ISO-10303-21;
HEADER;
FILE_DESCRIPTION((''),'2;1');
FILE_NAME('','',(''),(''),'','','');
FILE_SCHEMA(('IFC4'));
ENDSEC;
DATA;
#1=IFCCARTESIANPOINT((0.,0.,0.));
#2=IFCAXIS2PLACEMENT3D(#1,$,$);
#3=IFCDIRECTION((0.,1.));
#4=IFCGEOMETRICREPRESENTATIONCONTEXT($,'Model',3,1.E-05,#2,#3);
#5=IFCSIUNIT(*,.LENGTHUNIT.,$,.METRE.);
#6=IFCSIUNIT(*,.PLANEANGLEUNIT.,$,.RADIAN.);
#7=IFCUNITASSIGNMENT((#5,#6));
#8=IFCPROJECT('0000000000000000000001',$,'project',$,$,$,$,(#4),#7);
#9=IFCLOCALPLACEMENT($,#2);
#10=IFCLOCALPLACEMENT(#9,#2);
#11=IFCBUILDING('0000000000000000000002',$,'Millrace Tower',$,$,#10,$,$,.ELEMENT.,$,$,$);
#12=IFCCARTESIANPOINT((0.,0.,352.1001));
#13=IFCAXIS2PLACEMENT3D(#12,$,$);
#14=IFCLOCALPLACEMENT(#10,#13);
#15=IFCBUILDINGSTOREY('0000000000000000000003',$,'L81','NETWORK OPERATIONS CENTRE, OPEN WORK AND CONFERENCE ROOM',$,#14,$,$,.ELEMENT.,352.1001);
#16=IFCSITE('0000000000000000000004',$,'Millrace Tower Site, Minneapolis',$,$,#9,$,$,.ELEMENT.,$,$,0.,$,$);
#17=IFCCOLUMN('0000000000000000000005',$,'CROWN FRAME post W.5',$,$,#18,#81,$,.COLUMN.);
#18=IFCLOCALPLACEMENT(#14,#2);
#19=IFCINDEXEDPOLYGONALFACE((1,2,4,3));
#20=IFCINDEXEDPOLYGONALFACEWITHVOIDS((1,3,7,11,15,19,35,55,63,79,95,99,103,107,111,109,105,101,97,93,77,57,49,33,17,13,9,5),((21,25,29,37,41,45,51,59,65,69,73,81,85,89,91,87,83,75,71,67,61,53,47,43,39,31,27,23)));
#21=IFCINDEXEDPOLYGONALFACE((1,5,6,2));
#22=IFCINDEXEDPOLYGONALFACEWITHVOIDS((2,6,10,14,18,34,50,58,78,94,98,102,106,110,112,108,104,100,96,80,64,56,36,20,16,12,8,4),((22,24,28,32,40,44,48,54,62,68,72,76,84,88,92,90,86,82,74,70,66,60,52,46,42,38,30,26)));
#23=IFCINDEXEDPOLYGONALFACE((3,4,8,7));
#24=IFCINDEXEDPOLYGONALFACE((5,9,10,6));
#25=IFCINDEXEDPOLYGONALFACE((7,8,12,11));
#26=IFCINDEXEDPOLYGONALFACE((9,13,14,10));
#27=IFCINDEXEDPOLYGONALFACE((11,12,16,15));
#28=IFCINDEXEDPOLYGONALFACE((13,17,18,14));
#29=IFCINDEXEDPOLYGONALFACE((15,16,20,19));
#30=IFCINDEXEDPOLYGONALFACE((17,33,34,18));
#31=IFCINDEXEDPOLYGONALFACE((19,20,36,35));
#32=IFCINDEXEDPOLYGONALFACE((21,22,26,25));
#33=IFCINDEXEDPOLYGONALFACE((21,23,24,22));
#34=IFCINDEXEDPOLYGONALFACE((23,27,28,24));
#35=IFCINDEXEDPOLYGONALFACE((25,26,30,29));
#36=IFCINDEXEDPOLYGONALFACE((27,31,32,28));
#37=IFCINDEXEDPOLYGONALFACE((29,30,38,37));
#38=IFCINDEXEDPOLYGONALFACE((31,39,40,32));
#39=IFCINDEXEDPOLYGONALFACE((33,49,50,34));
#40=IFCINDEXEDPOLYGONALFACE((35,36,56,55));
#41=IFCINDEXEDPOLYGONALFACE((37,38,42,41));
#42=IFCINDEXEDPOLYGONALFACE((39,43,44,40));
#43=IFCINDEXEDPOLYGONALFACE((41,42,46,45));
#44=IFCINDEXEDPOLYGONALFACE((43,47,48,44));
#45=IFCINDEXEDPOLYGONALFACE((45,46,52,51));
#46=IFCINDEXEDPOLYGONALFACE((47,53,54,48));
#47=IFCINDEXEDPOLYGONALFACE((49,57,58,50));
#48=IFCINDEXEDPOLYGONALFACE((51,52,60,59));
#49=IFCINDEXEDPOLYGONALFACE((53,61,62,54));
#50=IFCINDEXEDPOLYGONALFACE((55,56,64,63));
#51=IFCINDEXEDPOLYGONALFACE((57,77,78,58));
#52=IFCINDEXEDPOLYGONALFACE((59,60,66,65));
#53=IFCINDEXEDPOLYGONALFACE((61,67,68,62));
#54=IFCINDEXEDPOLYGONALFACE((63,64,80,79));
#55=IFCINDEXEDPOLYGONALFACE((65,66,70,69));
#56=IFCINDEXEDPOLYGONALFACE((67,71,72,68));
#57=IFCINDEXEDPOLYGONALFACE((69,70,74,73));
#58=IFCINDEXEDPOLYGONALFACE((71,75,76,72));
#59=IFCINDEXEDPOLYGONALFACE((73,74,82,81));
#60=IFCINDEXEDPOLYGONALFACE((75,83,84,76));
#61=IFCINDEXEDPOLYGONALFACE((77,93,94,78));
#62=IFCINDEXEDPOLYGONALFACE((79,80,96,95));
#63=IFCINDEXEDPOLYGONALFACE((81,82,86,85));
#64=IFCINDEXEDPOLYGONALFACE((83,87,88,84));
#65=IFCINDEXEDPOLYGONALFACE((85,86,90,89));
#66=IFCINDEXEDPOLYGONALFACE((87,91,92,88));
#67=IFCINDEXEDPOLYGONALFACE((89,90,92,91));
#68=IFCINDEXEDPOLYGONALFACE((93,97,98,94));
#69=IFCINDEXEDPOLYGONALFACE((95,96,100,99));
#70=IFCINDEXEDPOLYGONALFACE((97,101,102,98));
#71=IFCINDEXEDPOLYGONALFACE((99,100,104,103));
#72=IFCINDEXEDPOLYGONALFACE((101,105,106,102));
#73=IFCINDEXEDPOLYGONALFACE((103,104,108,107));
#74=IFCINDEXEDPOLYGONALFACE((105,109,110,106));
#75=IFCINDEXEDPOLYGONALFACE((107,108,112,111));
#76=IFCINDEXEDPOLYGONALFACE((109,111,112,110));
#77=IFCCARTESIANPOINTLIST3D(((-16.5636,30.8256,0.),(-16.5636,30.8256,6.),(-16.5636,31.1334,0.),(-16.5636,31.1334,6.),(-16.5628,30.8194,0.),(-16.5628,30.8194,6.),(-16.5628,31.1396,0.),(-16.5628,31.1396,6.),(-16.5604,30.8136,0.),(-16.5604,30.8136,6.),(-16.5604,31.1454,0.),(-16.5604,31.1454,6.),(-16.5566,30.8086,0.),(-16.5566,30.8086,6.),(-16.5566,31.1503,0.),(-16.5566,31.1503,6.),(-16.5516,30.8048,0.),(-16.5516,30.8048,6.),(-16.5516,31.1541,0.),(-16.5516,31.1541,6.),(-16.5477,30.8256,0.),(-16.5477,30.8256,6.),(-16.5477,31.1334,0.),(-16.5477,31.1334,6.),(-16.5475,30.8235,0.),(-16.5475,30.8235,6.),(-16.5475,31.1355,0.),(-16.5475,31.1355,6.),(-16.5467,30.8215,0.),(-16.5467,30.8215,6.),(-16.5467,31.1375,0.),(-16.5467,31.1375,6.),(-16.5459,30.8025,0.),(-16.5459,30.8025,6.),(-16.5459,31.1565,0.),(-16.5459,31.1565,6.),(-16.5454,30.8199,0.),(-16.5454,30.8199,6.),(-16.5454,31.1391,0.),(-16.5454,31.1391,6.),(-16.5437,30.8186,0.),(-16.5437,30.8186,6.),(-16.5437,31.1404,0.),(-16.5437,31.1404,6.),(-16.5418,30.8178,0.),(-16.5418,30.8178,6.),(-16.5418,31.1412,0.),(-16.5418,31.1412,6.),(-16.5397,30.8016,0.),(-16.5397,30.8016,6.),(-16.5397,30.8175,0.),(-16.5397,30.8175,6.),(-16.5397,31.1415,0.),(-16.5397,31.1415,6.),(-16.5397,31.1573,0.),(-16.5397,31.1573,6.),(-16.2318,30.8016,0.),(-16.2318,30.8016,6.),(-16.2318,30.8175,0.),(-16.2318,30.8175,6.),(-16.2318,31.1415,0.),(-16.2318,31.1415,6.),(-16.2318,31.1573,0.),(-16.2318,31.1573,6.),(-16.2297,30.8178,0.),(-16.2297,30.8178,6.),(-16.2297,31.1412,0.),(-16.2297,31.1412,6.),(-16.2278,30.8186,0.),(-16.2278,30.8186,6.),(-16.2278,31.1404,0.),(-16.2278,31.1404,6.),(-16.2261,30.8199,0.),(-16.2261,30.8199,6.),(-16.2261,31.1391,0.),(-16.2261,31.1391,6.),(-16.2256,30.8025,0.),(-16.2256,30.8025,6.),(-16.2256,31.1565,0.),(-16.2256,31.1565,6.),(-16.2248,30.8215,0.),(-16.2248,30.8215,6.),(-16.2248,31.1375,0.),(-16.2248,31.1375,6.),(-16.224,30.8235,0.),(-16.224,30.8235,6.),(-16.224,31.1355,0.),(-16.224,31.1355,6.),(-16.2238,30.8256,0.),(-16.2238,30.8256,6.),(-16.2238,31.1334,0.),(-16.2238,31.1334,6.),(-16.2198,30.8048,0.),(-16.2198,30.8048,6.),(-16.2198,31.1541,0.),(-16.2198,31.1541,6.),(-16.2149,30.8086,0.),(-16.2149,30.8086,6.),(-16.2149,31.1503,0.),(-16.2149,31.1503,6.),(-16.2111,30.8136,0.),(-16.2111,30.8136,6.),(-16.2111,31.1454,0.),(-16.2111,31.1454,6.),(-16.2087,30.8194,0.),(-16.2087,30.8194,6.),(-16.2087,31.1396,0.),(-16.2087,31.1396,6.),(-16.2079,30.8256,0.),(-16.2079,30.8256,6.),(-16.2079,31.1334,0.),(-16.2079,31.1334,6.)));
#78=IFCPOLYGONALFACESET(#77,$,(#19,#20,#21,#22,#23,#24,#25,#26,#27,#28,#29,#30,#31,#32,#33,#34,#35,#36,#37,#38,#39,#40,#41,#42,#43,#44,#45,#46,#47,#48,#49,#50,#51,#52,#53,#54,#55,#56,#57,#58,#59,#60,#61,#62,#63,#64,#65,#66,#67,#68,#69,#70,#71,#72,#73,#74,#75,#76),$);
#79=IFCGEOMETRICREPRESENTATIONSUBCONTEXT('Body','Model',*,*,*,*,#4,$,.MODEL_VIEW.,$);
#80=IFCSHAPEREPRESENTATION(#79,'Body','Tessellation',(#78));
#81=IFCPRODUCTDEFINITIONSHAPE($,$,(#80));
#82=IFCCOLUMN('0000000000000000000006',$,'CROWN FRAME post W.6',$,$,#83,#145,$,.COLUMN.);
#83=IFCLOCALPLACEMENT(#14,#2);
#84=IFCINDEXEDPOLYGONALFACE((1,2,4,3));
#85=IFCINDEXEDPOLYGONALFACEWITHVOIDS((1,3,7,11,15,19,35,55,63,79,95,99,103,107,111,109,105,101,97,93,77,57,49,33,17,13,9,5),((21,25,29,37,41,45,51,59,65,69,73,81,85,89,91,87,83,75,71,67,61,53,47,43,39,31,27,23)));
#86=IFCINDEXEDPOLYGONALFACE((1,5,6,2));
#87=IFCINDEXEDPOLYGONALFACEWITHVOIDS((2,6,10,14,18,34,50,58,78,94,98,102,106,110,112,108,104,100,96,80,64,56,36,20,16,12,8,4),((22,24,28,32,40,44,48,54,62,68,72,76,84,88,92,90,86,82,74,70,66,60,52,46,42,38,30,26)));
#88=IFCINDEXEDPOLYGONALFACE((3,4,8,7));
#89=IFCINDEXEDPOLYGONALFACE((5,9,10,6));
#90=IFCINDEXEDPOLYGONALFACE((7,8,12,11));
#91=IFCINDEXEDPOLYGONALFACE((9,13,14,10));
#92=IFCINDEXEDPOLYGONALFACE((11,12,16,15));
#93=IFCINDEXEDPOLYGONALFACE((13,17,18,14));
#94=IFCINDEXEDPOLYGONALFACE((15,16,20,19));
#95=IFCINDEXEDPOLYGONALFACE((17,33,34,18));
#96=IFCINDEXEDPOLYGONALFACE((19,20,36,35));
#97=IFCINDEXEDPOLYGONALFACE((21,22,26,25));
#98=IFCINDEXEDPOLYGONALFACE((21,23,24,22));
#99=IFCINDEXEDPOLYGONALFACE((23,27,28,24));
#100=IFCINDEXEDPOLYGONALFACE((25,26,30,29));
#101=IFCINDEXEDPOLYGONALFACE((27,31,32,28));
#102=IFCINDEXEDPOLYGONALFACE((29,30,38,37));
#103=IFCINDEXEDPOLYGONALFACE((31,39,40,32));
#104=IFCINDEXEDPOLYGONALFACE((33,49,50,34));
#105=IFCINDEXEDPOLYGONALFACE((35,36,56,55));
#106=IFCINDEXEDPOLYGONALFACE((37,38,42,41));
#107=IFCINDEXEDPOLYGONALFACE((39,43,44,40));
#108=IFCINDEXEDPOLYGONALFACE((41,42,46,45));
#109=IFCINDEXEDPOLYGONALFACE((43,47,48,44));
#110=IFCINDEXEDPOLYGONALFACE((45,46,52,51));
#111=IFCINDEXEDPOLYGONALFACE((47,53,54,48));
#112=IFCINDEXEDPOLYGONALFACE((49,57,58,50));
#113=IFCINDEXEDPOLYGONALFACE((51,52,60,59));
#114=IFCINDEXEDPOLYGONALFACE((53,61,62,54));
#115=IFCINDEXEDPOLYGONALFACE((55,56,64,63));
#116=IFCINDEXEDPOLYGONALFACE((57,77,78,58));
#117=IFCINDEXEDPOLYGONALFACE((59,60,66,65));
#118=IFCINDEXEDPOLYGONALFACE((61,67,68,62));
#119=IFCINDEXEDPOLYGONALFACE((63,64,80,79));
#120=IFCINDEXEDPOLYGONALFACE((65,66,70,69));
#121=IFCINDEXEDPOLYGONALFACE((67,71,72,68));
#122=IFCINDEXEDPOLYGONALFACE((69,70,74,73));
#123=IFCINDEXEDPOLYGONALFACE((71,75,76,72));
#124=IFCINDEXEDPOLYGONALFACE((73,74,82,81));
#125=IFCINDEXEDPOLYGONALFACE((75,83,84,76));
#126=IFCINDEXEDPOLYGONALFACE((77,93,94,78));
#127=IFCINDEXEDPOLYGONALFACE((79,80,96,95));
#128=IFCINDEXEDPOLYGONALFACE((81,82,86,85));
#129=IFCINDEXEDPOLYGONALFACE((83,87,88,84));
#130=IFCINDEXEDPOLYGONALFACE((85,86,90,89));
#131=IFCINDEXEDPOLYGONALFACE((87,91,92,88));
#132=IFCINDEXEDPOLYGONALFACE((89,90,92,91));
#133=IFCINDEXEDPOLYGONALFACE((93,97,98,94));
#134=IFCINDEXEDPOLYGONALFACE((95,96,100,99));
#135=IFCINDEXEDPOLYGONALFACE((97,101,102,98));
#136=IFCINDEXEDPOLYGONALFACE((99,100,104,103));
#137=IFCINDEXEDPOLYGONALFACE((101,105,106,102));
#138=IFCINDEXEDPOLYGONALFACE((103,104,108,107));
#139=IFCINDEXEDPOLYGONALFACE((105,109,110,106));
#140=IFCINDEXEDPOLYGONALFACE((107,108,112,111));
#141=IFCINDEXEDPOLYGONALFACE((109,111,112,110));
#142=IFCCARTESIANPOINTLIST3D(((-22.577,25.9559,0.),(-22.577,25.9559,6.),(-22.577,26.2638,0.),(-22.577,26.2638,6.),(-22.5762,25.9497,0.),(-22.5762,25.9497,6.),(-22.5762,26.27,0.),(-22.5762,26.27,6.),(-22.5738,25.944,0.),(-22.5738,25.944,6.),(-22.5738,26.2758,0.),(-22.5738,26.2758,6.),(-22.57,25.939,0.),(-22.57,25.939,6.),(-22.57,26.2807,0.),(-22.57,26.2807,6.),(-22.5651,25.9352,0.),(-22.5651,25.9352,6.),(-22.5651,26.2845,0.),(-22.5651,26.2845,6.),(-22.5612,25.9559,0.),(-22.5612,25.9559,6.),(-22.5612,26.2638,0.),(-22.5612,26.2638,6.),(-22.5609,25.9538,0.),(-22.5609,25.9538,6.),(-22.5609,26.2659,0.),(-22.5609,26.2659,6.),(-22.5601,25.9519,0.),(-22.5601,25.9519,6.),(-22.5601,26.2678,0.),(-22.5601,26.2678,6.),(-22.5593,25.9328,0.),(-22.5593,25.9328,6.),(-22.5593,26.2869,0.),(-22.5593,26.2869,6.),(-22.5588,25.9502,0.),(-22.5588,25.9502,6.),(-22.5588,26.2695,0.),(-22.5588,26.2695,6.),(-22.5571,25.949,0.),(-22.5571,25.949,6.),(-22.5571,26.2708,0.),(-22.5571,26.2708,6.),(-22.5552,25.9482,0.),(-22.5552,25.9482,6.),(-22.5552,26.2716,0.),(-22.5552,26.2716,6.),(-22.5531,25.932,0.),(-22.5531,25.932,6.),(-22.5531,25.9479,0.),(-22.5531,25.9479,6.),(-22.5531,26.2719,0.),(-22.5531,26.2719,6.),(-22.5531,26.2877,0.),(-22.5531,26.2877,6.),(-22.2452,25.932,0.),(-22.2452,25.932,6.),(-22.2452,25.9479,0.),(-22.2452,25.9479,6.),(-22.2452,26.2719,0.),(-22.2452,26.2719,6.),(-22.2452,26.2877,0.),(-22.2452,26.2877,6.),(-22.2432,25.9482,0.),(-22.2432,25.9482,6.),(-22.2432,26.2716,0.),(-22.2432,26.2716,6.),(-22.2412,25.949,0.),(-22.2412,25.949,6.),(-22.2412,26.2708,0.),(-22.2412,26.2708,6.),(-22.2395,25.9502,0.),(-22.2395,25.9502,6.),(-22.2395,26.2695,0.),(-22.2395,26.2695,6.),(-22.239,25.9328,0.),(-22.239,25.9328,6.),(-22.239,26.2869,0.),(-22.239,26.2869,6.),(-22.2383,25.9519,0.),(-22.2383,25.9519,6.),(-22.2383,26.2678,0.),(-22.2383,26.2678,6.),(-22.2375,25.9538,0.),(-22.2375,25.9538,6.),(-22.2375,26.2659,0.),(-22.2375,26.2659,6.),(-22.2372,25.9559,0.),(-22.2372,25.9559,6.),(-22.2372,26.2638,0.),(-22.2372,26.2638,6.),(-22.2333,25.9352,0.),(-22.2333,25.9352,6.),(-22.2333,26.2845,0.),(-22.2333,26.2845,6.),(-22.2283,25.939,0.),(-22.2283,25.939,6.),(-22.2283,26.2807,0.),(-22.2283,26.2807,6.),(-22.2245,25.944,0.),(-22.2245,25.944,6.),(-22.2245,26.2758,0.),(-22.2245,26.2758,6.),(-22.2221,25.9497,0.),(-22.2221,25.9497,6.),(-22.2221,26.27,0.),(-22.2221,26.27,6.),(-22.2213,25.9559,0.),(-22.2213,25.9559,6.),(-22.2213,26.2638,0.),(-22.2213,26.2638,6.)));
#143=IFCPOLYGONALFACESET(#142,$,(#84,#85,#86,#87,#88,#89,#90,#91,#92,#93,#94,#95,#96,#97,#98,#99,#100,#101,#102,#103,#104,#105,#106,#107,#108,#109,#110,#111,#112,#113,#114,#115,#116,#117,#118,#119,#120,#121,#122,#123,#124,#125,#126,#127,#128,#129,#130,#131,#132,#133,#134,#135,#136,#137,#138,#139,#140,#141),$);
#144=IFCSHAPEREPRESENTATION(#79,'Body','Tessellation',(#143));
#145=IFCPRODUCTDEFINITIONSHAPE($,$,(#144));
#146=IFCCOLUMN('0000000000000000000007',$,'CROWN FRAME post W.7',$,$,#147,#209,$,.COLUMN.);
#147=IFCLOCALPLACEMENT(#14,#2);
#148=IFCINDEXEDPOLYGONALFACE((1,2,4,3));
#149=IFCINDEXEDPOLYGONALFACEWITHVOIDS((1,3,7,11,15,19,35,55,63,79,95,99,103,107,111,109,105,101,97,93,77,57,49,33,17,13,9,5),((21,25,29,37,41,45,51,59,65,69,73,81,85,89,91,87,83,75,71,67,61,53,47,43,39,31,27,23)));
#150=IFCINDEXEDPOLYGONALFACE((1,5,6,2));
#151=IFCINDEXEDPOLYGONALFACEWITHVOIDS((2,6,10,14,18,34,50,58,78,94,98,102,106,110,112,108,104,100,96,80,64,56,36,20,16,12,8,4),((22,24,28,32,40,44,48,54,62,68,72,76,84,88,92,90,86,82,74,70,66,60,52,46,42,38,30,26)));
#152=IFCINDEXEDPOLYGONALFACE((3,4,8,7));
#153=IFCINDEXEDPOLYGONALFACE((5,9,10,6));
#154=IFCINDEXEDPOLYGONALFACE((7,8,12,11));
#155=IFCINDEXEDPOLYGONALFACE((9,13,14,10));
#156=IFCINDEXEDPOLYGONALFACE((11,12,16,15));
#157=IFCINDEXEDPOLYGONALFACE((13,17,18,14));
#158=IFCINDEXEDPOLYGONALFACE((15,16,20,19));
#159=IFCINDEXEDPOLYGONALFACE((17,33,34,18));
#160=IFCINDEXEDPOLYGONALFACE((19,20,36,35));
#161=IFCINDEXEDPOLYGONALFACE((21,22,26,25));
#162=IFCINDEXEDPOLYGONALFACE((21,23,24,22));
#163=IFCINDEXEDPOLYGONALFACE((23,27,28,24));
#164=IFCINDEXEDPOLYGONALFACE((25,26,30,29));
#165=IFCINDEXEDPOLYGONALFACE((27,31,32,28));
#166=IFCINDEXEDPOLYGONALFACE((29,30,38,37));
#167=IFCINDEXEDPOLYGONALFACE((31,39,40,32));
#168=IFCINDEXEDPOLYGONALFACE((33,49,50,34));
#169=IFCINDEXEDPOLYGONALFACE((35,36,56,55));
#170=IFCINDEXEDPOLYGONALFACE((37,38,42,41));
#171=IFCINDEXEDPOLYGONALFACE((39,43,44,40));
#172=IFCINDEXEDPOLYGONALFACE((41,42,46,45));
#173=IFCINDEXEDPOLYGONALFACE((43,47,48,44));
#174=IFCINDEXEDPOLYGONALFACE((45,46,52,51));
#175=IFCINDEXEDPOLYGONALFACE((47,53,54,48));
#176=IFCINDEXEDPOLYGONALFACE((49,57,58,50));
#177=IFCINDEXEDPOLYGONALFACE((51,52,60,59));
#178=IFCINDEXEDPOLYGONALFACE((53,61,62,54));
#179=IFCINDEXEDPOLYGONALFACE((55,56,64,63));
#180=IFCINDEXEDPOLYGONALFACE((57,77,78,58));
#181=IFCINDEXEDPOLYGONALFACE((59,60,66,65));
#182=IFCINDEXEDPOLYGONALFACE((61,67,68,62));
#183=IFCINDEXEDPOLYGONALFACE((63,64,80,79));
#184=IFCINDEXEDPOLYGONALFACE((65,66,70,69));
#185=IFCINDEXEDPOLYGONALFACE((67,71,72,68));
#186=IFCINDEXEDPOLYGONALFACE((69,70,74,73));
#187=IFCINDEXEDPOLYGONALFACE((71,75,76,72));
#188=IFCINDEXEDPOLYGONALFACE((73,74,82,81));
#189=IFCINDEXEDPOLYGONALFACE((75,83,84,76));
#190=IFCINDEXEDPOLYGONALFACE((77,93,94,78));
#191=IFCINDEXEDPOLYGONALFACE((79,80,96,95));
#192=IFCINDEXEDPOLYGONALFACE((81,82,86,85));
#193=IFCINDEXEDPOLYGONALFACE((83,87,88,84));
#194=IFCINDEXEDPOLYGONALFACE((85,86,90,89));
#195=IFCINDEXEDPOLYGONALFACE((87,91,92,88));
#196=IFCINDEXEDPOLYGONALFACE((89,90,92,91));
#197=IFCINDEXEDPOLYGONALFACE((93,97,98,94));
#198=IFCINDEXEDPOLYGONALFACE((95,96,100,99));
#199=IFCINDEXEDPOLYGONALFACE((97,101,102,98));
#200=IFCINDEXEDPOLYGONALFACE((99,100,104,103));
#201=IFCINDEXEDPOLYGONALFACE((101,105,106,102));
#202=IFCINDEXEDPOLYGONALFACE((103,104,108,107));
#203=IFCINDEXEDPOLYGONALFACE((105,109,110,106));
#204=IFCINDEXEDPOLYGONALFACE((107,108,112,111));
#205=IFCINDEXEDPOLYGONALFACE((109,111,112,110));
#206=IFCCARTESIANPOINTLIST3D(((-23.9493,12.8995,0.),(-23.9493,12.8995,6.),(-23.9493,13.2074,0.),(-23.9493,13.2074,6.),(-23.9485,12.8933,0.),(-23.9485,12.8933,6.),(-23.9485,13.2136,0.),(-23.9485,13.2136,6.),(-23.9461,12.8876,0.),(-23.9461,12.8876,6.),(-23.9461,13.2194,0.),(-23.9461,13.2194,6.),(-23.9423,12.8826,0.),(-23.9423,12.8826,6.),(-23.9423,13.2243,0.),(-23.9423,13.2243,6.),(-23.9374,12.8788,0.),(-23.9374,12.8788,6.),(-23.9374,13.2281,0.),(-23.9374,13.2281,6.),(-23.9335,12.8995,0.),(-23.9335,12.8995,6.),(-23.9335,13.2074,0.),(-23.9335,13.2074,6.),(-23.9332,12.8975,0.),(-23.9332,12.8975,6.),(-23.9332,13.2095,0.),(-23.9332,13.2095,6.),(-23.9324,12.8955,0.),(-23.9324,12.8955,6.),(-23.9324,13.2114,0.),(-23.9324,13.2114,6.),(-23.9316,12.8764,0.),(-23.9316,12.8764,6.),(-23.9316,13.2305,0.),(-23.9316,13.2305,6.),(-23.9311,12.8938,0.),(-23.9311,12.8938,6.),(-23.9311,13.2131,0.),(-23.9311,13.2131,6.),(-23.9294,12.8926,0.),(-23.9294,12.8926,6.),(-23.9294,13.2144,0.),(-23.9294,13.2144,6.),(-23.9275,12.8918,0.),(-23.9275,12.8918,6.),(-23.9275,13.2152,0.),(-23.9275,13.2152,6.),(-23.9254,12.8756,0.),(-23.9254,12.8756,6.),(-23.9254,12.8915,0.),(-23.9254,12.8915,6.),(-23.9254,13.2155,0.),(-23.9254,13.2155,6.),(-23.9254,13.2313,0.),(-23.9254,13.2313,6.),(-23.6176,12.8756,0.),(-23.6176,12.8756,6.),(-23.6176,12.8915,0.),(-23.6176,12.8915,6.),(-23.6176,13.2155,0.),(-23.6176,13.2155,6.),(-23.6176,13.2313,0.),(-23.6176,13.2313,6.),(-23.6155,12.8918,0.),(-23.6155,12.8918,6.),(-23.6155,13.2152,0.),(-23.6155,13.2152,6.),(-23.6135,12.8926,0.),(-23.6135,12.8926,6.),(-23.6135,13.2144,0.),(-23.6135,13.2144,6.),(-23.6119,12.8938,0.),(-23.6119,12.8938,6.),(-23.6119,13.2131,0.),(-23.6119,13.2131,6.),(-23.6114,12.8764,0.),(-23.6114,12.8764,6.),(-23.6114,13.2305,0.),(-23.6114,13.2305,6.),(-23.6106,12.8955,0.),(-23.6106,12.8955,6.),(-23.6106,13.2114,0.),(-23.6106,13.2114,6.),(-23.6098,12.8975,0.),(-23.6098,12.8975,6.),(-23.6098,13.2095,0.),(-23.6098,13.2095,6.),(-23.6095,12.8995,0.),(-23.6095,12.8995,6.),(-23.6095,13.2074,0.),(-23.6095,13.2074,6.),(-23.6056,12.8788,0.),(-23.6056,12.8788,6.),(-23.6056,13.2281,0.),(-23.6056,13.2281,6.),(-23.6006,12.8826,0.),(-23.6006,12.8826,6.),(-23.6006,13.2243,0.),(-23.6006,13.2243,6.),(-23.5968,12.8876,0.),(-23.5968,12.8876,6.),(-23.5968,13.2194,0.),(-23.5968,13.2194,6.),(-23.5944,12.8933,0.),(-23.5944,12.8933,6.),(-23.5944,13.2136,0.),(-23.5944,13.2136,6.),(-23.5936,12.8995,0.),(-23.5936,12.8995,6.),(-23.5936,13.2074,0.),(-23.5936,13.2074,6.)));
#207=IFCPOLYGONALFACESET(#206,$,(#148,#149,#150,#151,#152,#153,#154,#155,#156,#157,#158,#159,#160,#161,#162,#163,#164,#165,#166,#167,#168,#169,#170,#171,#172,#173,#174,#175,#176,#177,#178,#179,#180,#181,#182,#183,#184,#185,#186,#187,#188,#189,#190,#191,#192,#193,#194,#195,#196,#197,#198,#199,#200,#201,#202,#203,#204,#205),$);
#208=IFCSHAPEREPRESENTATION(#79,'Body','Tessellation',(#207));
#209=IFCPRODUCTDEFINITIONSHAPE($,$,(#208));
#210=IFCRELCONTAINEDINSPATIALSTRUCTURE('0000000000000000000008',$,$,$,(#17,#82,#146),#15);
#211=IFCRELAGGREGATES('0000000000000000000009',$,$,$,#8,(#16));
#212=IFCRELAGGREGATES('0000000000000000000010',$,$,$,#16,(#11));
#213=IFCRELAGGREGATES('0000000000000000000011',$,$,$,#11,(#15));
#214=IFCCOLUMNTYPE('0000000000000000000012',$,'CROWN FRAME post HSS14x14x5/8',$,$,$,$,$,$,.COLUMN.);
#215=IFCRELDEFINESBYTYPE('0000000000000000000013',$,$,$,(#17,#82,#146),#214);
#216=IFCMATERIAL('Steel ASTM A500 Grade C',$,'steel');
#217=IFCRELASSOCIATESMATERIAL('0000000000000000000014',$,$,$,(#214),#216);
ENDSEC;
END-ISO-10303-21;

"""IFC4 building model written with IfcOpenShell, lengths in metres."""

from ifc_helpers import new_model, si_unit, direction, frame, origin, origin_2d, place, context, subcontext, project, spatial, hollow_rectangle, extrude, material, material_profile, profile_set, type_object, element, save


model = new_model("IFC4")

# Units and contexts
model_context = context("Model", 3, precision=1e-05, world=origin(), true_north=direction((0.0, 1.0)))
body_context = subcontext(model_context, "Body", "Model", "MODEL_VIEW")
ifc_project = project(units=[si_unit("LENGTHUNIT", "METRE"), si_unit("PLANEANGLEUNIT", "RADIAN")], contexts=[model_context])

# Site, building, storey
site_placement = place(None, origin())
site = spatial("IfcSite", under=ifc_project, at=site_placement, Name="Millrace Tower Site, Minneapolis", CompositionType="ELEMENT", RefElevation=0.0)
building_placement = place(site_placement, origin())
building = spatial("IfcBuilding", under=site, at=building_placement, Name="Millrace Tower", CompositionType="ELEMENT")
storey_placement = place(building_placement, frame((0.0, 0.0, 352.1001)))
storey = spatial("IfcBuildingStorey", under=building, at=storey_placement, Name="L81", Description="NETWORK OPERATIONS CENTRE, OPEN WORK AND CONFERENCE ROOM", CompositionType="ELEMENT", Elevation=352.1001)

# Columns
ifc_material_1 = material(Name="Steel ASTM A500 Grade C", Category="steel")
ifc_material_profile_1 = material_profile(ifc_material_1, hollow_rectangle(XDim=0.3557, YDim=0.3557, WallThickness=0.0159, InnerFilletRadius=0.0081, OuterFilletRadius=0.0239, at=origin_2d()))
ifc_profile_set_1 = profile_set([ifc_material_profile_1], Name="Steel ASTM A500 Grade C")
column_type = type_object("IfcColumnType", Name="CROWN FRAME post HSS14x14x5/8", PredefinedType="COLUMN", material=ifc_profile_set_1)
for number, where, z_axis, x_axis, name in (
    (1, (-16.3857, 30.9795, 0.0), (0.0, 0.0, 1.0), (1.0, 0.0, 0.0), "CROWN FRAME post W.5"),
    (2, (-22.3992, 26.1099, 0.0), (0.0, 0.0, 1.0), (1.0, 0.0, 0.0), "CROWN FRAME post W.6"),
    (3, (-23.7715, 13.0535, 0.0), (0.0, 0.0, 1.0), (1.0, 0.0, 0.0), "CROWN FRAME post W.7"),
):
    element("IfcColumn", number, at=place(storey_placement, frame(where, z_axis=z_axis, x_axis=x_axis)), inside=storey, type_object=column_type, Name=name, PredefinedType="COLUMN", context=body_context, shape_type="SweptSolid", body=[
        extrude(hollow_rectangle(XDim=0.3557, YDim=0.3557, WallThickness=0.0159, InnerFilletRadius=0.0081, OuterFilletRadius=0.0239, at=origin_2d()), origin(), (0.0, 0.0, 1.0), 6.0),
    ])

save(model, "model.ifc")
